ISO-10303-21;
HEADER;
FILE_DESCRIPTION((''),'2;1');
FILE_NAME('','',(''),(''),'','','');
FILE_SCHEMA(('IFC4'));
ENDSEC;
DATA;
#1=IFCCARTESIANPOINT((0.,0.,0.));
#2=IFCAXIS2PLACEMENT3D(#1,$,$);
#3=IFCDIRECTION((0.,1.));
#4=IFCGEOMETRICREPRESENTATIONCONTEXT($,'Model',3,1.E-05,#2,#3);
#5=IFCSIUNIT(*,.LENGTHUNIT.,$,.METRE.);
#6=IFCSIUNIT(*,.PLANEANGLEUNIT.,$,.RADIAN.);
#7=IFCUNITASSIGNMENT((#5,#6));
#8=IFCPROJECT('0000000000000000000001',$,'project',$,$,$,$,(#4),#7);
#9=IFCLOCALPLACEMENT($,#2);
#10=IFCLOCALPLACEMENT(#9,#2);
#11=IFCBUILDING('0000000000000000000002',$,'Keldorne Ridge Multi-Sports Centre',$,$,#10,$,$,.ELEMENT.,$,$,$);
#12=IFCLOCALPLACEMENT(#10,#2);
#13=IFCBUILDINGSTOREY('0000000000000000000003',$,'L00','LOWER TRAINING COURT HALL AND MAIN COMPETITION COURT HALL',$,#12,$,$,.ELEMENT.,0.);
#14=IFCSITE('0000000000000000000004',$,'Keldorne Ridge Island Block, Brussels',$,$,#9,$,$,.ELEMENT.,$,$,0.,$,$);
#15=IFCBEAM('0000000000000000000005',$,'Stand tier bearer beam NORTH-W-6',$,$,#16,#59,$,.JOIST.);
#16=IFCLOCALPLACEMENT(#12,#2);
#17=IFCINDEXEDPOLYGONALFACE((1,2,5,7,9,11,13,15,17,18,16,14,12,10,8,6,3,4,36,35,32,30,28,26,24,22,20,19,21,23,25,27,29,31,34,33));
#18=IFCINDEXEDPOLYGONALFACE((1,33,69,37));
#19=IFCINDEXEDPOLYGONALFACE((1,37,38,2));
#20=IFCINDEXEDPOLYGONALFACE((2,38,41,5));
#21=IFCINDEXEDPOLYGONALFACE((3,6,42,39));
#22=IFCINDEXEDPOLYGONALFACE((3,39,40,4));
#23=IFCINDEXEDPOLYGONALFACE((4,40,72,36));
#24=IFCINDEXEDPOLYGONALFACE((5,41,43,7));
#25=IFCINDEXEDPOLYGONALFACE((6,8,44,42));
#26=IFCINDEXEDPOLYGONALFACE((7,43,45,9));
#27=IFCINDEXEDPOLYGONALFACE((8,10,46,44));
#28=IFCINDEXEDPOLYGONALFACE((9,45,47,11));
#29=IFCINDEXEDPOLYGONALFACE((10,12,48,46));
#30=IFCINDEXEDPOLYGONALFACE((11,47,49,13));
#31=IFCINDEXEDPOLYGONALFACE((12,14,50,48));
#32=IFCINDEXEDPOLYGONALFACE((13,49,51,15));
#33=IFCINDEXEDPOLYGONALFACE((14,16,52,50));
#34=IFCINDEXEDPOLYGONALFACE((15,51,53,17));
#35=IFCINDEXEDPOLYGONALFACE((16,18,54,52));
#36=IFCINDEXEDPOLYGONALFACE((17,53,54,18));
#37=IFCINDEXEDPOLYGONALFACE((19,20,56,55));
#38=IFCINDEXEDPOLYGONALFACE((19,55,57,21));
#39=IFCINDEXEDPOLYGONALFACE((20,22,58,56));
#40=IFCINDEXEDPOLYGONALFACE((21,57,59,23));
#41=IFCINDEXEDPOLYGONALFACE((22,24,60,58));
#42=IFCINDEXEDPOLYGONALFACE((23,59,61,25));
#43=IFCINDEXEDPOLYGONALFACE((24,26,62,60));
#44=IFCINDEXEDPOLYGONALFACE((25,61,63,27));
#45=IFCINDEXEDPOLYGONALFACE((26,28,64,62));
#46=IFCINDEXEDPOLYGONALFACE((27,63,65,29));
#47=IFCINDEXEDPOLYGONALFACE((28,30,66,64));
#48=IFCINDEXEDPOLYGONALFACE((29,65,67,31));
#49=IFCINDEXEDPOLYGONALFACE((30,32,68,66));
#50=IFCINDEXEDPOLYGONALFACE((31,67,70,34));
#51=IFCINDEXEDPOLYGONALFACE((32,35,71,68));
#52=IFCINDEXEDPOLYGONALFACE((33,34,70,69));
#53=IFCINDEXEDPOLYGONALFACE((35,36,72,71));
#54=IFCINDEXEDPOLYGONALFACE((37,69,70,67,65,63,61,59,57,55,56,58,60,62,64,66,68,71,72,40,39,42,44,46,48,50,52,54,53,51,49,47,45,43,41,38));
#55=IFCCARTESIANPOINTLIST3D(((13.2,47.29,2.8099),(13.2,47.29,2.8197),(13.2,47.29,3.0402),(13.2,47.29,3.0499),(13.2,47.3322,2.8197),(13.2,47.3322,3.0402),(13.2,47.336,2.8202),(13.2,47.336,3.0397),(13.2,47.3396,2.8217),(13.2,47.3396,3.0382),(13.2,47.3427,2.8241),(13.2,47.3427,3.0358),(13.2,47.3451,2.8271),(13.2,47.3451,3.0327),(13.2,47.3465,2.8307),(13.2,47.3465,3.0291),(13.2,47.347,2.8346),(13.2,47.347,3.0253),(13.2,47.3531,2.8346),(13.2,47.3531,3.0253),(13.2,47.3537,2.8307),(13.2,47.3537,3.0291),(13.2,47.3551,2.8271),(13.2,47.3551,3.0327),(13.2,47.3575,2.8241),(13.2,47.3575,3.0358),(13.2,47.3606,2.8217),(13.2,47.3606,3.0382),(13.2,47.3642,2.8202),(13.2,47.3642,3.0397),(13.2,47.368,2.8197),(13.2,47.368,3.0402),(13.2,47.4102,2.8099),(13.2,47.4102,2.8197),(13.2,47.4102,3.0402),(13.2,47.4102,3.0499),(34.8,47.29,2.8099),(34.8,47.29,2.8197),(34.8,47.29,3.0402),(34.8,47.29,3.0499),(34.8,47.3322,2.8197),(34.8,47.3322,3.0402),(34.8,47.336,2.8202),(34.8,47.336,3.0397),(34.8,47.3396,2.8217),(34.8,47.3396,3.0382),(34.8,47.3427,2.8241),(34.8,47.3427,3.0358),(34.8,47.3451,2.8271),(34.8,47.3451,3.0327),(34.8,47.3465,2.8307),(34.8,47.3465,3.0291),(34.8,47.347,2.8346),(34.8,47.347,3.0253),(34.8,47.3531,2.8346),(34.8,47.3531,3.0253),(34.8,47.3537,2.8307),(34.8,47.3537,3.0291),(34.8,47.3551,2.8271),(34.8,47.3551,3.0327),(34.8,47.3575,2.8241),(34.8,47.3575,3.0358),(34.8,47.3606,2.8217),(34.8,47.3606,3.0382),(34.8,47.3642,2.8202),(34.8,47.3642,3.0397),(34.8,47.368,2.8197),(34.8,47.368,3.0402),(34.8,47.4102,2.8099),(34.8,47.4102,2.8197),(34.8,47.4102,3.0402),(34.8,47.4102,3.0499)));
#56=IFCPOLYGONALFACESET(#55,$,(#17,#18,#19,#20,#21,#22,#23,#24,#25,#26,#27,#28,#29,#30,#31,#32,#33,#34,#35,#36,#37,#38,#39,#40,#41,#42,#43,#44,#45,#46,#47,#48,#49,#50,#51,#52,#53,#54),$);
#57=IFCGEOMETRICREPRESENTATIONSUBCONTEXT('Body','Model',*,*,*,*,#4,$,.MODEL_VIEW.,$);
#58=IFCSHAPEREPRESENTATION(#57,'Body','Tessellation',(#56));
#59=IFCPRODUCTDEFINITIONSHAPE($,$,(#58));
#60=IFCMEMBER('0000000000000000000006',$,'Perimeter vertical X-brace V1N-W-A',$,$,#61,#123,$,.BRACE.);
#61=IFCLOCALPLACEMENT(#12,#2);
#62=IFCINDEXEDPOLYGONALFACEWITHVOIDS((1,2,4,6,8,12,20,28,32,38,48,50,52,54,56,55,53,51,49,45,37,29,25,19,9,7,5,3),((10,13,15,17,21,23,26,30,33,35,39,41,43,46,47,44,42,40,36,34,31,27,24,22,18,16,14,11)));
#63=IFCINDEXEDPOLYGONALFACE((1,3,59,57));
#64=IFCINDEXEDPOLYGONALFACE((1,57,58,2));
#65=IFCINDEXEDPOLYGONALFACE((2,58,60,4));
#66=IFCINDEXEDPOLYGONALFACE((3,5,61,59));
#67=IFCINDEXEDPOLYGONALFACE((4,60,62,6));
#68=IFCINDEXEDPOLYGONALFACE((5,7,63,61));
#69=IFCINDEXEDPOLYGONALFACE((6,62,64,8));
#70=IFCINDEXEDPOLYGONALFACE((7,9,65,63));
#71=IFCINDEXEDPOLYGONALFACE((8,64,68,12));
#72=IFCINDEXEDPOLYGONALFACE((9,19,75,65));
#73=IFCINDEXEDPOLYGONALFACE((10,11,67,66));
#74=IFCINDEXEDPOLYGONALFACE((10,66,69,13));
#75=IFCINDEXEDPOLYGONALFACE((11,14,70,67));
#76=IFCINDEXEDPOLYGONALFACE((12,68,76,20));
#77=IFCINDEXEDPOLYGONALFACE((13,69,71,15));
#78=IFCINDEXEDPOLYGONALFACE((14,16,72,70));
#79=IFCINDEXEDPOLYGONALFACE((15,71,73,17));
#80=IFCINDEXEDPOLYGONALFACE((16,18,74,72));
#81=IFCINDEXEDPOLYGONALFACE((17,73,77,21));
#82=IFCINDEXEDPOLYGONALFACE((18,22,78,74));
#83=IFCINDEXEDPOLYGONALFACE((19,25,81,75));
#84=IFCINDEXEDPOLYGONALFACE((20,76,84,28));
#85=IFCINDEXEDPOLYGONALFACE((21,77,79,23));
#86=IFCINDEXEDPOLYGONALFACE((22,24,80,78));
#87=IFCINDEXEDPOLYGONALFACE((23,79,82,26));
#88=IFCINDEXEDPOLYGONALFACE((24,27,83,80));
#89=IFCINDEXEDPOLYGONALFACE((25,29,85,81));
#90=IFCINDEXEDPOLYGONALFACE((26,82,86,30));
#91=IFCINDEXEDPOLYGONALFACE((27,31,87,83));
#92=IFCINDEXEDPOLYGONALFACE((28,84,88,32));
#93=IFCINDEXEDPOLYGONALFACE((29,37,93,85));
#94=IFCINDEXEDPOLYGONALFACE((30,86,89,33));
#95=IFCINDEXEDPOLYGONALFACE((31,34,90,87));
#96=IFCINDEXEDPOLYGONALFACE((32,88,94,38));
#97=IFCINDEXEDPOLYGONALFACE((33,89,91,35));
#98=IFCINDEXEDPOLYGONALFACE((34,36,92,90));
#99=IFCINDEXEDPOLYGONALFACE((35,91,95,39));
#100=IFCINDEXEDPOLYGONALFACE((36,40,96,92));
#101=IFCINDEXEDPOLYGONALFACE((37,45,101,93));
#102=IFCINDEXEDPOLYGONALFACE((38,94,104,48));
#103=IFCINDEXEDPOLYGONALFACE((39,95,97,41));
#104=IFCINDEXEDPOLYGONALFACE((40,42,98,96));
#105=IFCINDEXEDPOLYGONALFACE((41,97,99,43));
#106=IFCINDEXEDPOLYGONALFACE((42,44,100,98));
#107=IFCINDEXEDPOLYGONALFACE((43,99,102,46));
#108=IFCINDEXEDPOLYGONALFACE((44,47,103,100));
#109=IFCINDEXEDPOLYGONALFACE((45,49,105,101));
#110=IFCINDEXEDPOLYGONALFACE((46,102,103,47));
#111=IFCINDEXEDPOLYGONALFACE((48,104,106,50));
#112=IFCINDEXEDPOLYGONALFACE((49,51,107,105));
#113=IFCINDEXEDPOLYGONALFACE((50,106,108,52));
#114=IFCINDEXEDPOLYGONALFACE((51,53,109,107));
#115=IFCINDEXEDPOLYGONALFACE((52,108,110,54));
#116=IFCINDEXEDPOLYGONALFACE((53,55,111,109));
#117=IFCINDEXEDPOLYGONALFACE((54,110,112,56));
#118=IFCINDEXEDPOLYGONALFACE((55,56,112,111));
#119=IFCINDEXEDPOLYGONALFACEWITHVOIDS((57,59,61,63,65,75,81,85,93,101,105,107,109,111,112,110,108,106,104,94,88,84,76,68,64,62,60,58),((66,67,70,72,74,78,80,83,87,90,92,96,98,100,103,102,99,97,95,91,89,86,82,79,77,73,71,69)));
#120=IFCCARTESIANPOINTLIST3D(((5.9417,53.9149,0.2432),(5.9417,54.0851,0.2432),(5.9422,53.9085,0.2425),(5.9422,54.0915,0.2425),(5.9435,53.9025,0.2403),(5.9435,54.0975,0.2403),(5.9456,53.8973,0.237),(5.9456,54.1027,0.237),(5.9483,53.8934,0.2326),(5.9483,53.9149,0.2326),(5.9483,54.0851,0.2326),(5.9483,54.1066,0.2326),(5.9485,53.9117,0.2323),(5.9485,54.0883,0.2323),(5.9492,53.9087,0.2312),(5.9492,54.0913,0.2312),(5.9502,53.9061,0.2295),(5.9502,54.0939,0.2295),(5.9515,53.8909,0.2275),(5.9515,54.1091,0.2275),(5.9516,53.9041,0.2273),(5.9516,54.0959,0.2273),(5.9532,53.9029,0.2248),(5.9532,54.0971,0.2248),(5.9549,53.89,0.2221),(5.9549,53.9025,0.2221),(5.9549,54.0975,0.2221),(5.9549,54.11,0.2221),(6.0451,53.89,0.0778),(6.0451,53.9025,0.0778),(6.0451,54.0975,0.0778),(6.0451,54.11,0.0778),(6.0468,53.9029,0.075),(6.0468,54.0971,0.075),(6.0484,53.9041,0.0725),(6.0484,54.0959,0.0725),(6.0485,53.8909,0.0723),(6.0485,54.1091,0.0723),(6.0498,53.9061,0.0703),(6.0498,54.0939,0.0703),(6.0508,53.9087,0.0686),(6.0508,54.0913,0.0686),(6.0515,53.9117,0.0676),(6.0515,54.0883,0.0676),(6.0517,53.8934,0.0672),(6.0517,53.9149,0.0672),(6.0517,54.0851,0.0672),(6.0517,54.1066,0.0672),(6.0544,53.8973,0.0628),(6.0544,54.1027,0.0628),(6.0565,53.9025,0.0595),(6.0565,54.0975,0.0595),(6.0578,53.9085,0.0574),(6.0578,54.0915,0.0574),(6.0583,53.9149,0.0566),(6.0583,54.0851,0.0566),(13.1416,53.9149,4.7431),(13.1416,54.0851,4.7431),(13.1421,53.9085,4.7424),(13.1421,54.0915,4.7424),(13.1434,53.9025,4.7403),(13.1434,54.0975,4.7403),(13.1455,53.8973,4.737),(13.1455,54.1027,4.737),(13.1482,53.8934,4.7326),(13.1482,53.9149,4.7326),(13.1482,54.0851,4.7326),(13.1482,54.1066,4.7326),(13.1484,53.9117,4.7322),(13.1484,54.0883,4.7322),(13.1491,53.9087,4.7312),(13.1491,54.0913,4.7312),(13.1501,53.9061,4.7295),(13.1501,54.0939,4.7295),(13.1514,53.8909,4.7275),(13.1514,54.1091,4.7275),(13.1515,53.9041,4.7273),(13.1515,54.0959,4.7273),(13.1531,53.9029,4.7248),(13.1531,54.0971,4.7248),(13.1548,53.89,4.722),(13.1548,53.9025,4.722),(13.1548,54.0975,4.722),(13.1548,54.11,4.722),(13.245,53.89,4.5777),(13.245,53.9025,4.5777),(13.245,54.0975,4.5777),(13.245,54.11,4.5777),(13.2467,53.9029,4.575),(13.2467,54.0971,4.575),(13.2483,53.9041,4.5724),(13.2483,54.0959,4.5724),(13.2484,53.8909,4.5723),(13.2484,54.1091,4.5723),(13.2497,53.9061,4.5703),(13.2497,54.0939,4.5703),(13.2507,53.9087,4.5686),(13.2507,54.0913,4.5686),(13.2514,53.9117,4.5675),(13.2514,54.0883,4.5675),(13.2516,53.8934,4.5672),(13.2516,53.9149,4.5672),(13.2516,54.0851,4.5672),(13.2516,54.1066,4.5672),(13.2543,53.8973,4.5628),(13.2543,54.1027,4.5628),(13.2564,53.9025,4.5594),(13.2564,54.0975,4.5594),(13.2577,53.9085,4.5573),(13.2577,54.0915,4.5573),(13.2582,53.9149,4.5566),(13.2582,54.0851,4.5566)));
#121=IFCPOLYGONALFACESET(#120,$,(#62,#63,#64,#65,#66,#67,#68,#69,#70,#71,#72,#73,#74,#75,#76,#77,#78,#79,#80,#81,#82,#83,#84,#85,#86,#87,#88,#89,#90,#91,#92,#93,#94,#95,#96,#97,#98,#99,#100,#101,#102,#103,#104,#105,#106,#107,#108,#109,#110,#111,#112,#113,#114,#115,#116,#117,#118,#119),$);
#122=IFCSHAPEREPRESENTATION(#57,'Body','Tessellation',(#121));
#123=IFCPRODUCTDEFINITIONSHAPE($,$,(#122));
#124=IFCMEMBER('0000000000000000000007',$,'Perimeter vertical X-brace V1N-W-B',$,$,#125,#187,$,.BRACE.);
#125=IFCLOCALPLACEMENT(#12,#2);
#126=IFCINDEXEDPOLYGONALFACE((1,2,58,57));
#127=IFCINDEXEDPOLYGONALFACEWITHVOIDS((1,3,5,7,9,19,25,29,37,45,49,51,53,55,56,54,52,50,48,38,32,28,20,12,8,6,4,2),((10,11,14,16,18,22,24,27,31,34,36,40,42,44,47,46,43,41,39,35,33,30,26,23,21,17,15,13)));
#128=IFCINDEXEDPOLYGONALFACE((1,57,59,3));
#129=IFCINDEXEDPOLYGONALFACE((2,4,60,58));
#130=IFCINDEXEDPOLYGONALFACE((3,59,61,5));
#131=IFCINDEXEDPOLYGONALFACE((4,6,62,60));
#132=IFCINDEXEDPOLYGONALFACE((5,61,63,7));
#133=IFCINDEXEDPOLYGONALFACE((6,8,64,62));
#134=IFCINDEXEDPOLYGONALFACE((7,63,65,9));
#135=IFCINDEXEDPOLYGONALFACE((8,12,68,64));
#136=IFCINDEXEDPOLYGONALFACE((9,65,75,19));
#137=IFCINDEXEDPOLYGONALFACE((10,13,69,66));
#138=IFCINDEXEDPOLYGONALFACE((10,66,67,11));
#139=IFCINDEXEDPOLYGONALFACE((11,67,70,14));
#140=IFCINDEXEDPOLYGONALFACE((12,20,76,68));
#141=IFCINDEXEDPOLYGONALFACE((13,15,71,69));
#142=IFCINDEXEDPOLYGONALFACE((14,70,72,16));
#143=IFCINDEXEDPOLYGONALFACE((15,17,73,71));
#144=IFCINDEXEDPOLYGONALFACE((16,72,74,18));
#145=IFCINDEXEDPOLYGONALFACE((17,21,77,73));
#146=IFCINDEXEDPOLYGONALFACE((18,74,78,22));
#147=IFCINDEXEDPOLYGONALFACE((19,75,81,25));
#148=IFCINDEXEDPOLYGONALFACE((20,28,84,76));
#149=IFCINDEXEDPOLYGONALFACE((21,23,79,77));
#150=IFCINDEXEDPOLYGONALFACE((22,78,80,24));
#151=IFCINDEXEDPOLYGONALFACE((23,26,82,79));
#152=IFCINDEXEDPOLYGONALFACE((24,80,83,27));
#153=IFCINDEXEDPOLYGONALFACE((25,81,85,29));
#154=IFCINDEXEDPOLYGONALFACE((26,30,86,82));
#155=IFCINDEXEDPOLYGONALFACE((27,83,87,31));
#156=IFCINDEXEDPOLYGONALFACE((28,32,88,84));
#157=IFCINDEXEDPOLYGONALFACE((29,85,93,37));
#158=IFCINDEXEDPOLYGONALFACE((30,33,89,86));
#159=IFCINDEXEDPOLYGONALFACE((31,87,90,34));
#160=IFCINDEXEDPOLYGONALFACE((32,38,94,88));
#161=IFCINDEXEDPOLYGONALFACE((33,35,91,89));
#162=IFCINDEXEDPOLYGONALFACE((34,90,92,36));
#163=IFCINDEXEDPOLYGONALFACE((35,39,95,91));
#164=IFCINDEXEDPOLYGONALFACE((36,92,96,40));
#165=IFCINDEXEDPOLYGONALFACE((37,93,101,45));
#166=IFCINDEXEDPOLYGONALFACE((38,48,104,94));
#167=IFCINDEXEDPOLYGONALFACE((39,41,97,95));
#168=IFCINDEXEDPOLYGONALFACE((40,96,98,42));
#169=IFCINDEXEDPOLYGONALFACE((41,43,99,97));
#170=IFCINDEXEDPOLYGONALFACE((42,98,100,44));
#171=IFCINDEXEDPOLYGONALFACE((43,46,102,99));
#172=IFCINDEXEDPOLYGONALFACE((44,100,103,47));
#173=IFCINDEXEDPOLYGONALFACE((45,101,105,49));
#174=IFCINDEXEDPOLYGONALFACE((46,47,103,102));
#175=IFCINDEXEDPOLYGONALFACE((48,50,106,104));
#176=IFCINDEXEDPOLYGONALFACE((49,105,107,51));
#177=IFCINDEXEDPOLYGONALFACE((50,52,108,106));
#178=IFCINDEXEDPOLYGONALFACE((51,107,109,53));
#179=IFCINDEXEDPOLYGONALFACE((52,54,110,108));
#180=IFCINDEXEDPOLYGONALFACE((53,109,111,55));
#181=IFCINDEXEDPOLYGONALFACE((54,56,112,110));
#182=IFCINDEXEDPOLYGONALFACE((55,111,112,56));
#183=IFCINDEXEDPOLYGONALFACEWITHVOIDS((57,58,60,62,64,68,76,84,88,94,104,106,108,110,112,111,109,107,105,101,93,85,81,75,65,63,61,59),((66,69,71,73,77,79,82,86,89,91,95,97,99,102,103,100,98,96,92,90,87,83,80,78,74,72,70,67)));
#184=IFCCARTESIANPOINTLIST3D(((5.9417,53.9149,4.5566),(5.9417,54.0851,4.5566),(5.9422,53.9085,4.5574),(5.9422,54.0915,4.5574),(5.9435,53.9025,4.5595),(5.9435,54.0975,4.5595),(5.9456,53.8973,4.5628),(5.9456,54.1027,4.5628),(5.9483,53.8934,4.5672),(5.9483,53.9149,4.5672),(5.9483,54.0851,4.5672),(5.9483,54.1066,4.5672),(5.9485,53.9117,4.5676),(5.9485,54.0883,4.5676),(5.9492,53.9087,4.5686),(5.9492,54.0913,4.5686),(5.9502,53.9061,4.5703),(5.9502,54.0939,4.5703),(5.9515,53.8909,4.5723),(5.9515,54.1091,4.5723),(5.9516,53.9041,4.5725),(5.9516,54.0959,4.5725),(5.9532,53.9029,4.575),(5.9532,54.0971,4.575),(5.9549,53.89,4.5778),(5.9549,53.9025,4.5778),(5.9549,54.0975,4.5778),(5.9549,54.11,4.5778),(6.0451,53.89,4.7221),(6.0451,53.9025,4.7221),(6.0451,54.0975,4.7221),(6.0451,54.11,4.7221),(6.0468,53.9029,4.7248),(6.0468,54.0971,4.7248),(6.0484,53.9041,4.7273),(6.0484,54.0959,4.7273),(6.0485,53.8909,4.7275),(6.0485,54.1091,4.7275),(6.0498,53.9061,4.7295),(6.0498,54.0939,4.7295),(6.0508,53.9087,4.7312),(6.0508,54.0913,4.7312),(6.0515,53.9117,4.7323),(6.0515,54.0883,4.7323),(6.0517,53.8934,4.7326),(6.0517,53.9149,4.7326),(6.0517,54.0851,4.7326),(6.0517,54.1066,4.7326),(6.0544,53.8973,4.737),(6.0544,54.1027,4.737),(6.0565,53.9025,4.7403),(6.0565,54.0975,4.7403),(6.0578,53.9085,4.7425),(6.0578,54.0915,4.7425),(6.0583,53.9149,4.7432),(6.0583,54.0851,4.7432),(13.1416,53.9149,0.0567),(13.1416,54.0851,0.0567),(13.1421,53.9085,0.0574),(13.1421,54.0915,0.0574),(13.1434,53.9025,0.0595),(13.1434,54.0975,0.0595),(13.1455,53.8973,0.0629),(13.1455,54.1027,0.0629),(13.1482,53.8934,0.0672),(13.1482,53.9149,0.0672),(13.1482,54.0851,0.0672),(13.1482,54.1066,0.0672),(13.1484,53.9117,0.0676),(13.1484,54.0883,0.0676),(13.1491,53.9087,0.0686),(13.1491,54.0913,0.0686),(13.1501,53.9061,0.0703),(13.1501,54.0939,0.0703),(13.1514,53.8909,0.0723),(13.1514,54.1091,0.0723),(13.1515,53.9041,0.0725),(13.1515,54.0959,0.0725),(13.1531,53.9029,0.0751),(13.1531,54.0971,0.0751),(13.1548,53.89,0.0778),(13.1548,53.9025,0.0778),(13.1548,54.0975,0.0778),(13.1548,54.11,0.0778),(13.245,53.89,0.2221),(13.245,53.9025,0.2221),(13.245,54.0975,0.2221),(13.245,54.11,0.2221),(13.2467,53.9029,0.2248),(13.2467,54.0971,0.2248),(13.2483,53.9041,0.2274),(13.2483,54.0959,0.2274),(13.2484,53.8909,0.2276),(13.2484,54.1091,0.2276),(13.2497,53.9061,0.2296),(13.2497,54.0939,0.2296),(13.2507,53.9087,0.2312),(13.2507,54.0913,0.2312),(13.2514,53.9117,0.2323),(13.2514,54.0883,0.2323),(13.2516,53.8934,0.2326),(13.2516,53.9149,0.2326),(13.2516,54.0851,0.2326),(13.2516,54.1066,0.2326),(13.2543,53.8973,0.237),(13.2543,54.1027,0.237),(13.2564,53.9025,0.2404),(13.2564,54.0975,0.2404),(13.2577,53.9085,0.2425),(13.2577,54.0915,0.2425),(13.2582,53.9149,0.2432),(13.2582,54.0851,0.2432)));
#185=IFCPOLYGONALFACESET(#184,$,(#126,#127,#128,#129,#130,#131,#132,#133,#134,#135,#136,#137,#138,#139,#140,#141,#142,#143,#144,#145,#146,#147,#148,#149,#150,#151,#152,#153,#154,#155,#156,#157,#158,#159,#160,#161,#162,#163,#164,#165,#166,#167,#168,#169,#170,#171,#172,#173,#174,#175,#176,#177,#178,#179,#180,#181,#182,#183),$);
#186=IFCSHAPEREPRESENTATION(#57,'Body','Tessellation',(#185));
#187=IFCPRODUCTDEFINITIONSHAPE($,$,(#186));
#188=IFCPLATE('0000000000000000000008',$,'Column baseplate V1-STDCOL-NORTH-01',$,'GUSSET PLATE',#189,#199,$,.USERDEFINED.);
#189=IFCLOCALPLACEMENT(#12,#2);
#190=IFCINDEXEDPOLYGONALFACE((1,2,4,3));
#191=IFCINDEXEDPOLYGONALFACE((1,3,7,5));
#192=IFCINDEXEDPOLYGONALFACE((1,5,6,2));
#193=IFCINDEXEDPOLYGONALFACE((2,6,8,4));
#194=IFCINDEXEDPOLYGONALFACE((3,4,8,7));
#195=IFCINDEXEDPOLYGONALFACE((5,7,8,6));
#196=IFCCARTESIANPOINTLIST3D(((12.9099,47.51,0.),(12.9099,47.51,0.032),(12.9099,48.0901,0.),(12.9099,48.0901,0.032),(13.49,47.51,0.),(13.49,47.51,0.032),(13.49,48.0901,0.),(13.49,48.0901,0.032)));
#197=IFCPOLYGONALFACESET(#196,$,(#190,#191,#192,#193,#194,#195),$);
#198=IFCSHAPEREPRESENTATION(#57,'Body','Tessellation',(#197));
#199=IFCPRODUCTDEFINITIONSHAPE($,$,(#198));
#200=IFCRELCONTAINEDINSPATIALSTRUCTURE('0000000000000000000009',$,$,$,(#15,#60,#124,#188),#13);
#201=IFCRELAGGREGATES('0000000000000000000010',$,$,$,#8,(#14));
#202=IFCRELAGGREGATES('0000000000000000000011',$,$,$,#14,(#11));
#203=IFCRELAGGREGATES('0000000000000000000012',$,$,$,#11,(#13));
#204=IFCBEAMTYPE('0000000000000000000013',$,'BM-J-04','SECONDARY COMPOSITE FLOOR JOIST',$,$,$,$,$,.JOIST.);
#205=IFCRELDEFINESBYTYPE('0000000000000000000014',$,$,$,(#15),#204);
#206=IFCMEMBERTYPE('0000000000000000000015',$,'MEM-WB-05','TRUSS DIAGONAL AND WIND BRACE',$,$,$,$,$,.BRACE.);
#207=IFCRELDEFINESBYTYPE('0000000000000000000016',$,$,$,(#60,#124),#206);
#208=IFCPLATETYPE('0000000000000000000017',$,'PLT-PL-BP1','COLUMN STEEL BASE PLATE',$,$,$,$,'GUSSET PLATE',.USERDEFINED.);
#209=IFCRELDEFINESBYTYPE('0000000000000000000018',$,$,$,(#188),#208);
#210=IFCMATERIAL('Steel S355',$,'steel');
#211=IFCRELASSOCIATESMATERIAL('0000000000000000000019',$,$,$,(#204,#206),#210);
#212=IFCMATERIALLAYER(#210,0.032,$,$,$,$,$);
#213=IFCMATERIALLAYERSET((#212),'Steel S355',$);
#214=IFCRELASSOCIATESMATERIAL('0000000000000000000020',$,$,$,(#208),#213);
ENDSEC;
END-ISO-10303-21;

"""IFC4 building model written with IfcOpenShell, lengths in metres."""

from ifc_helpers import new_model, si_unit, direction, frame, origin, origin_2d, place, context, subcontext, project, spatial, rectangle, hollow_rectangle, i_section, extrude, material, layer, layer_set, material_profile, profile_set, type_object, element, save


model = new_model("IFC4")

# Units and contexts
model_context = context("Model", 3, precision=1e-05, world=origin(), true_north=direction((0.0, 1.0)))
body_context = subcontext(model_context, "Body", "Model", "MODEL_VIEW")
ifc_project = project(units=[si_unit("LENGTHUNIT", "METRE"), si_unit("PLANEANGLEUNIT", "RADIAN")], contexts=[model_context])

# Site, building, storey
site_placement = place(None, origin())
site = spatial("IfcSite", under=ifc_project, at=site_placement, Name="Keldorne Ridge Island Block, Brussels", CompositionType="ELEMENT", RefElevation=0.0)
building_placement = place(site_placement, origin())
building = spatial("IfcBuilding", under=site, at=building_placement, Name="Keldorne Ridge Multi-Sports Centre", CompositionType="ELEMENT")
storey_placement = place(building_placement, origin())
storey = spatial("IfcBuildingStorey", under=building, at=storey_placement, Name="L00", Description="LOWER TRAINING COURT HALL AND MAIN COMPETITION COURT HALL", CompositionType="ELEMENT", Elevation=0.0)

# Shared definitions
ifc_material_1 = material(Name="Steel S355", Category="steel")

# Beam
ifc_material_profile_1 = material_profile(ifc_material_1, i_section(OverallWidth=0.1201, OverallDepth=0.24, WebThickness=0.0061, FlangeThickness=0.0098, FilletRadius=0.0149, at=origin_2d()), Name="IPE 240")
ifc_profile_set_1 = profile_set([ifc_material_profile_1], Name="Steel S355")
beam_type_1 = type_object("IfcBeamType", Name="BM-J-04", Description="SECONDARY COMPOSITE FLOOR JOIST", PredefinedType="JOIST", material=ifc_profile_set_1)
for number, where, z_axis, x_axis, name in (
    (1, (13.2, 47.3501, 2.9299), (1.0, 0.0, 0.0), (0.0, 1.0, 0.0), "Stand tier bearer beam NORTH-W-6"),
):
    element("IfcBeam", number, at=place(storey_placement, frame(where, z_axis=z_axis, x_axis=x_axis)), inside=storey, type_object=beam_type_1, Name=name, PredefinedType="JOIST", context=body_context, shape_type="SweptSolid", body=[
        extrude(i_section(OverallWidth=0.1201, OverallDepth=0.24, WebThickness=0.0061, FlangeThickness=0.0098, FilletRadius=0.0149, at=origin_2d()), origin(), (0.0, 0.0, 1.0), 21.6001),
    ])

# Members
ifc_material_profile_2 = material_profile(ifc_material_1, hollow_rectangle(XDim=0.22, YDim=0.22, WallThickness=0.0125, InnerFilletRadius=0.0125, OuterFilletRadius=0.0249, at=origin_2d()), Name="SHS 220x220x12.5")
ifc_profile_set_2 = profile_set([ifc_material_profile_2], Name="Steel S355")
member_type = type_object("IfcMemberType", Name="MEM-WB-05", Description="TRUSS DIAGONAL AND WIND BRACE", PredefinedType="BRACE", material=ifc_profile_set_2)
for number, where, z_axis, x_axis, name in (
    (2, (6.0, 54.0, 0.1499), (0.847997, 0.0, 0.530002), (0.0, 1.0, 0.0), "Perimeter vertical X-brace V1N-W-A"),
    (3, (6.0, 54.0, 4.6499), (0.847997, 0.0, -0.530002), (0.0, 1.0, 0.0), "Perimeter vertical X-brace V1N-W-B"),
):
    element("IfcMember", number, at=place(storey_placement, frame(where, z_axis=z_axis, x_axis=x_axis)), inside=storey, type_object=member_type, Name=name, PredefinedType="BRACE", context=body_context, shape_type="SweptSolid", body=[
        extrude(hollow_rectangle(XDim=0.22, YDim=0.22, WallThickness=0.0125, InnerFilletRadius=0.0125, OuterFilletRadius=0.0249, at=origin_2d()), origin(), (0.0, 0.0, 1.0), 8.4905),
    ])

# Plate
ifc_layer_1 = layer(ifc_material_1, 0.032)
ifc_layer_set_1 = layer_set([ifc_layer_1], Name="Steel S355")
plate_type_1 = type_object("IfcPlateType", Name="PLT-PL-BP1", Description="COLUMN STEEL BASE PLATE", ElementType="GUSSET PLATE", PredefinedType="USERDEFINED", material=ifc_layer_set_1)
plate_placement = place(storey_placement, frame((13.2, 47.8, 0.0), z_axis=(0.0, 0.0, 1.0), x_axis=(1.0, 0.0, 0.0)))
element("IfcPlate", 4, at=plate_placement, inside=storey, type_object=plate_type_1, Name="Column baseplate V1-STDCOL-NORTH-01", ObjectType="GUSSET PLATE", PredefinedType="USERDEFINED", context=body_context, shape_type="SweptSolid", body=[
    extrude(rectangle(XDim=0.5801, YDim=0.5801, at=origin_2d()), origin(), (0.0, 0.0, 1.0), 0.032),
])

save(model, "model.ifc")
